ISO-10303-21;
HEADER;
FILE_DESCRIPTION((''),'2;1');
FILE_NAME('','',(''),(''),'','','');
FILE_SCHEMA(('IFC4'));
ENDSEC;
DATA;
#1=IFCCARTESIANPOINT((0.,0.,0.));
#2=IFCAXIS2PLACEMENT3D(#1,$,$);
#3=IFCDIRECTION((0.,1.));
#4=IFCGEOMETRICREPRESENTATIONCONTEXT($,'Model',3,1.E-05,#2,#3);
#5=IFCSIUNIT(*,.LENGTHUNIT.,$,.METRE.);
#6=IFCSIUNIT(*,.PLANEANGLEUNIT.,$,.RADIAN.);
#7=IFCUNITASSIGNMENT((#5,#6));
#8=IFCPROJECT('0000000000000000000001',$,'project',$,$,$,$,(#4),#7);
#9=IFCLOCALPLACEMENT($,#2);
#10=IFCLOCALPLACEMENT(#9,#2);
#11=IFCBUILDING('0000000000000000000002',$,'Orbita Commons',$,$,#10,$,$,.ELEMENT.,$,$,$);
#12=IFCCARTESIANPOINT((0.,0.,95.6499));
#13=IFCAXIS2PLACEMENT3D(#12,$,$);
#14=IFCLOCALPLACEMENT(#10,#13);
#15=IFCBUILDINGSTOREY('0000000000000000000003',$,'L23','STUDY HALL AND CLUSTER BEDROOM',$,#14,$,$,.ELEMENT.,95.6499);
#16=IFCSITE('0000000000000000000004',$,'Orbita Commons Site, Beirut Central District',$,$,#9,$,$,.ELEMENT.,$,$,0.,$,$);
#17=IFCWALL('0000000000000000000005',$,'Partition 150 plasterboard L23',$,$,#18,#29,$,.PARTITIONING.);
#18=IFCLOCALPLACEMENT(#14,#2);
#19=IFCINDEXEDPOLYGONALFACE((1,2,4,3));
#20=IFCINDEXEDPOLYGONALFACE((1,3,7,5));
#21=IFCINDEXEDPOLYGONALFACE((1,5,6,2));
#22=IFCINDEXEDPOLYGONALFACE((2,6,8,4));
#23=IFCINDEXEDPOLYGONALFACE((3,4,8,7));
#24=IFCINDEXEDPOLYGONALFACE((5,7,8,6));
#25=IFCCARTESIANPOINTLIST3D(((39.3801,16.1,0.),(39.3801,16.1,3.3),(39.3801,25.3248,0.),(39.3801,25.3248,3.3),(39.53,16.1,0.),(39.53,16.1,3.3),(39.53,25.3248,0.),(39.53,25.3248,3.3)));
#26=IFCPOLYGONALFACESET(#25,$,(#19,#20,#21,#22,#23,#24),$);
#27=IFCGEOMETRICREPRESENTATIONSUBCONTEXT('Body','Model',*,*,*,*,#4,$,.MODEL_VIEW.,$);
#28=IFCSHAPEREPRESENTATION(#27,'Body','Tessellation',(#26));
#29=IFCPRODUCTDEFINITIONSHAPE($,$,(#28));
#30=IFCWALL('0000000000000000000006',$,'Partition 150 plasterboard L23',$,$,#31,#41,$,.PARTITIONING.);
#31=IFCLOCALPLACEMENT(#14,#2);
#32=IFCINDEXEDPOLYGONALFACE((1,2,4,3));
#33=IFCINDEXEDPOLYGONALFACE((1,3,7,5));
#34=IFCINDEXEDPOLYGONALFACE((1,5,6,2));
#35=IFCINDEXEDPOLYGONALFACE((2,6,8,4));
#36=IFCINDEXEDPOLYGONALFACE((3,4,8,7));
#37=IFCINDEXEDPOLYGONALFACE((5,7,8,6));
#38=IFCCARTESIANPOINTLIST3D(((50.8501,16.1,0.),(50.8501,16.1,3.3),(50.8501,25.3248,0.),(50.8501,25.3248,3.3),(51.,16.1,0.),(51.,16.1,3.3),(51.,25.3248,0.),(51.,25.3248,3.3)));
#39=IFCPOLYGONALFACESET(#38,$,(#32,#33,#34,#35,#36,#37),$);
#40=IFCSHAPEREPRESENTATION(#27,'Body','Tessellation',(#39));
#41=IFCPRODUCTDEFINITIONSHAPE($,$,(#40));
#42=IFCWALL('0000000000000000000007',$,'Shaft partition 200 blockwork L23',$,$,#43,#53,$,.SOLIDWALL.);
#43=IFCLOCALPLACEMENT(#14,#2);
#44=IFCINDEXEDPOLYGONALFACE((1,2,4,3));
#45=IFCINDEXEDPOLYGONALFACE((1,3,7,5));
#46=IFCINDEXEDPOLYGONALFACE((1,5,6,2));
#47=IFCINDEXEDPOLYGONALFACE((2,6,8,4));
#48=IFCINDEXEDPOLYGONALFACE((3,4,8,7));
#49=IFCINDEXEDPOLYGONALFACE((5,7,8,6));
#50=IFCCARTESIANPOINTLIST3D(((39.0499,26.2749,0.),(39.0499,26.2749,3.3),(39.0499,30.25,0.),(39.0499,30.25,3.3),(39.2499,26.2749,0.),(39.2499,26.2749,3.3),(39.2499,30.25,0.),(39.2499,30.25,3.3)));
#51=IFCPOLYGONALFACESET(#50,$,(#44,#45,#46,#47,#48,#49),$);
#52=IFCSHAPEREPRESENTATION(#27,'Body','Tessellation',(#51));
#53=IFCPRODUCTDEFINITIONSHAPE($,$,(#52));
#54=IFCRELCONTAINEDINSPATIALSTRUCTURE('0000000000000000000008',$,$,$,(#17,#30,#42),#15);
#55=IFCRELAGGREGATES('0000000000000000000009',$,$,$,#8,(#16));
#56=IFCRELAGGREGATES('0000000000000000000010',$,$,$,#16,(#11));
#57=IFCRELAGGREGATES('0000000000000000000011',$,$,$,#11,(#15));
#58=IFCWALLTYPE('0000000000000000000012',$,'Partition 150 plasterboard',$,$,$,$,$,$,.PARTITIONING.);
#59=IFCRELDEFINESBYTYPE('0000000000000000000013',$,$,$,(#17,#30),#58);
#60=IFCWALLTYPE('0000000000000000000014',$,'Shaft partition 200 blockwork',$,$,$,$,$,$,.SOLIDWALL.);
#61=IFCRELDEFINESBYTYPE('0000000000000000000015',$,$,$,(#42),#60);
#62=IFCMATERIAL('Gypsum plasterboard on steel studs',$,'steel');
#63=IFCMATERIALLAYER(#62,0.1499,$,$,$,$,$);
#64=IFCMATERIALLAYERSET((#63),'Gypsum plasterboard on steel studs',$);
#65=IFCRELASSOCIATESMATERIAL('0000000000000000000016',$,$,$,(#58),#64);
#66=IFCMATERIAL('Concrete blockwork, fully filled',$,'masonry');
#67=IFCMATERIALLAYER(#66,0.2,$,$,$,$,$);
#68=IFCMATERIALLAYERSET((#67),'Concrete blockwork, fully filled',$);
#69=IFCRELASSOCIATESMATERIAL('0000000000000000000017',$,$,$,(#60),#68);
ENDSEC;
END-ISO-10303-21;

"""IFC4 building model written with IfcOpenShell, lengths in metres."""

from ifc_helpers import new_model, si_unit, direction, frame, frame_2d, origin, place, context, subcontext, project, spatial, rectangle, extrude, material, layer, layer_set, type_object, element, save


model = new_model("IFC4")

# Units and contexts
model_context = context("Model", 3, precision=1e-05, world=origin(), true_north=direction((0.0, 1.0)))
body_context = subcontext(model_context, "Body", "Model", "MODEL_VIEW")
ifc_project = project(units=[si_unit("LENGTHUNIT", "METRE"), si_unit("PLANEANGLEUNIT", "RADIAN")], contexts=[model_context])

# Site, building, storey
site_placement = place(None, origin())
site = spatial("IfcSite", under=ifc_project, at=site_placement, Name="Orbita Commons Site, Beirut Central District", CompositionType="ELEMENT", RefElevation=0.0)
building_placement = place(site_placement, origin())
building = spatial("IfcBuilding", under=site, at=building_placement, Name="Orbita Commons", CompositionType="ELEMENT")
storey_placement = place(building_placement, frame((0.0, 0.0, 95.6499)))
storey = spatial("IfcBuildingStorey", under=building, at=storey_placement, Name="L23", Description="STUDY HALL AND CLUSTER BEDROOM", CompositionType="ELEMENT", Elevation=95.6499)

# Walls
ifc_material_1 = material(Name="Gypsum plasterboard on steel studs", Category="steel")
ifc_layer_1 = layer(ifc_material_1, 0.1499)
ifc_layer_set_1 = layer_set([ifc_layer_1], Name="Gypsum plasterboard on steel studs")
wall_type_1 = type_object("IfcWallType", Name="Partition 150 plasterboard", PredefinedType="PARTITIONING", material=ifc_layer_set_1)
for number, where, z_axis, x_axis, name in (
    (1, (39.4551, 16.1001, 0.0), (0.0, 0.0, 1.0), (0.0, 1.0, 0.0), "Partition 150 plasterboard L23"),
    (2, (50.925, 16.1001, 0.0), (0.0, 0.0, 1.0), (0.0, 1.0, 0.0), "Partition 150 plasterboard L23"),
):
    element("IfcWall", number, at=place(storey_placement, frame(where, z_axis=z_axis, x_axis=x_axis)), inside=storey, type_object=wall_type_1, Name=name, PredefinedType="PARTITIONING", context=body_context, shape_type="SweptSolid", body=[
        extrude(rectangle(XDim=9.2249, YDim=0.1499, at=frame_2d((4.6123, 0.0))), origin(), (0.0, 0.0, 1.0), 3.3),
    ])
ifc_material_2 = material(Name="Concrete blockwork, fully filled", Category="masonry")
ifc_layer_2 = layer(ifc_material_2, 0.2)
ifc_layer_set_2 = layer_set([ifc_layer_2], Name="Concrete blockwork, fully filled")
wall_type_2 = type_object("IfcWallType", Name="Shaft partition 200 blockwork", PredefinedType="SOLIDWALL", material=ifc_layer_set_2)
wall_1_placement = place(storey_placement, frame((39.1499, 26.2749, 0.0), z_axis=(0.0, 0.0, 1.0), x_axis=(0.0, 1.0, 0.0)))
element("IfcWall", 3, at=wall_1_placement, inside=storey, type_object=wall_type_2, Name="Shaft partition 200 blockwork L23", PredefinedType="SOLIDWALL", context=body_context, shape_type="SweptSolid", body=[
    extrude(rectangle(XDim=3.9751, YDim=0.2, at=frame_2d((1.9875, 0.0))), origin(), (0.0, 0.0, 1.0), 3.3),
])

save(model, "model.ifc")
